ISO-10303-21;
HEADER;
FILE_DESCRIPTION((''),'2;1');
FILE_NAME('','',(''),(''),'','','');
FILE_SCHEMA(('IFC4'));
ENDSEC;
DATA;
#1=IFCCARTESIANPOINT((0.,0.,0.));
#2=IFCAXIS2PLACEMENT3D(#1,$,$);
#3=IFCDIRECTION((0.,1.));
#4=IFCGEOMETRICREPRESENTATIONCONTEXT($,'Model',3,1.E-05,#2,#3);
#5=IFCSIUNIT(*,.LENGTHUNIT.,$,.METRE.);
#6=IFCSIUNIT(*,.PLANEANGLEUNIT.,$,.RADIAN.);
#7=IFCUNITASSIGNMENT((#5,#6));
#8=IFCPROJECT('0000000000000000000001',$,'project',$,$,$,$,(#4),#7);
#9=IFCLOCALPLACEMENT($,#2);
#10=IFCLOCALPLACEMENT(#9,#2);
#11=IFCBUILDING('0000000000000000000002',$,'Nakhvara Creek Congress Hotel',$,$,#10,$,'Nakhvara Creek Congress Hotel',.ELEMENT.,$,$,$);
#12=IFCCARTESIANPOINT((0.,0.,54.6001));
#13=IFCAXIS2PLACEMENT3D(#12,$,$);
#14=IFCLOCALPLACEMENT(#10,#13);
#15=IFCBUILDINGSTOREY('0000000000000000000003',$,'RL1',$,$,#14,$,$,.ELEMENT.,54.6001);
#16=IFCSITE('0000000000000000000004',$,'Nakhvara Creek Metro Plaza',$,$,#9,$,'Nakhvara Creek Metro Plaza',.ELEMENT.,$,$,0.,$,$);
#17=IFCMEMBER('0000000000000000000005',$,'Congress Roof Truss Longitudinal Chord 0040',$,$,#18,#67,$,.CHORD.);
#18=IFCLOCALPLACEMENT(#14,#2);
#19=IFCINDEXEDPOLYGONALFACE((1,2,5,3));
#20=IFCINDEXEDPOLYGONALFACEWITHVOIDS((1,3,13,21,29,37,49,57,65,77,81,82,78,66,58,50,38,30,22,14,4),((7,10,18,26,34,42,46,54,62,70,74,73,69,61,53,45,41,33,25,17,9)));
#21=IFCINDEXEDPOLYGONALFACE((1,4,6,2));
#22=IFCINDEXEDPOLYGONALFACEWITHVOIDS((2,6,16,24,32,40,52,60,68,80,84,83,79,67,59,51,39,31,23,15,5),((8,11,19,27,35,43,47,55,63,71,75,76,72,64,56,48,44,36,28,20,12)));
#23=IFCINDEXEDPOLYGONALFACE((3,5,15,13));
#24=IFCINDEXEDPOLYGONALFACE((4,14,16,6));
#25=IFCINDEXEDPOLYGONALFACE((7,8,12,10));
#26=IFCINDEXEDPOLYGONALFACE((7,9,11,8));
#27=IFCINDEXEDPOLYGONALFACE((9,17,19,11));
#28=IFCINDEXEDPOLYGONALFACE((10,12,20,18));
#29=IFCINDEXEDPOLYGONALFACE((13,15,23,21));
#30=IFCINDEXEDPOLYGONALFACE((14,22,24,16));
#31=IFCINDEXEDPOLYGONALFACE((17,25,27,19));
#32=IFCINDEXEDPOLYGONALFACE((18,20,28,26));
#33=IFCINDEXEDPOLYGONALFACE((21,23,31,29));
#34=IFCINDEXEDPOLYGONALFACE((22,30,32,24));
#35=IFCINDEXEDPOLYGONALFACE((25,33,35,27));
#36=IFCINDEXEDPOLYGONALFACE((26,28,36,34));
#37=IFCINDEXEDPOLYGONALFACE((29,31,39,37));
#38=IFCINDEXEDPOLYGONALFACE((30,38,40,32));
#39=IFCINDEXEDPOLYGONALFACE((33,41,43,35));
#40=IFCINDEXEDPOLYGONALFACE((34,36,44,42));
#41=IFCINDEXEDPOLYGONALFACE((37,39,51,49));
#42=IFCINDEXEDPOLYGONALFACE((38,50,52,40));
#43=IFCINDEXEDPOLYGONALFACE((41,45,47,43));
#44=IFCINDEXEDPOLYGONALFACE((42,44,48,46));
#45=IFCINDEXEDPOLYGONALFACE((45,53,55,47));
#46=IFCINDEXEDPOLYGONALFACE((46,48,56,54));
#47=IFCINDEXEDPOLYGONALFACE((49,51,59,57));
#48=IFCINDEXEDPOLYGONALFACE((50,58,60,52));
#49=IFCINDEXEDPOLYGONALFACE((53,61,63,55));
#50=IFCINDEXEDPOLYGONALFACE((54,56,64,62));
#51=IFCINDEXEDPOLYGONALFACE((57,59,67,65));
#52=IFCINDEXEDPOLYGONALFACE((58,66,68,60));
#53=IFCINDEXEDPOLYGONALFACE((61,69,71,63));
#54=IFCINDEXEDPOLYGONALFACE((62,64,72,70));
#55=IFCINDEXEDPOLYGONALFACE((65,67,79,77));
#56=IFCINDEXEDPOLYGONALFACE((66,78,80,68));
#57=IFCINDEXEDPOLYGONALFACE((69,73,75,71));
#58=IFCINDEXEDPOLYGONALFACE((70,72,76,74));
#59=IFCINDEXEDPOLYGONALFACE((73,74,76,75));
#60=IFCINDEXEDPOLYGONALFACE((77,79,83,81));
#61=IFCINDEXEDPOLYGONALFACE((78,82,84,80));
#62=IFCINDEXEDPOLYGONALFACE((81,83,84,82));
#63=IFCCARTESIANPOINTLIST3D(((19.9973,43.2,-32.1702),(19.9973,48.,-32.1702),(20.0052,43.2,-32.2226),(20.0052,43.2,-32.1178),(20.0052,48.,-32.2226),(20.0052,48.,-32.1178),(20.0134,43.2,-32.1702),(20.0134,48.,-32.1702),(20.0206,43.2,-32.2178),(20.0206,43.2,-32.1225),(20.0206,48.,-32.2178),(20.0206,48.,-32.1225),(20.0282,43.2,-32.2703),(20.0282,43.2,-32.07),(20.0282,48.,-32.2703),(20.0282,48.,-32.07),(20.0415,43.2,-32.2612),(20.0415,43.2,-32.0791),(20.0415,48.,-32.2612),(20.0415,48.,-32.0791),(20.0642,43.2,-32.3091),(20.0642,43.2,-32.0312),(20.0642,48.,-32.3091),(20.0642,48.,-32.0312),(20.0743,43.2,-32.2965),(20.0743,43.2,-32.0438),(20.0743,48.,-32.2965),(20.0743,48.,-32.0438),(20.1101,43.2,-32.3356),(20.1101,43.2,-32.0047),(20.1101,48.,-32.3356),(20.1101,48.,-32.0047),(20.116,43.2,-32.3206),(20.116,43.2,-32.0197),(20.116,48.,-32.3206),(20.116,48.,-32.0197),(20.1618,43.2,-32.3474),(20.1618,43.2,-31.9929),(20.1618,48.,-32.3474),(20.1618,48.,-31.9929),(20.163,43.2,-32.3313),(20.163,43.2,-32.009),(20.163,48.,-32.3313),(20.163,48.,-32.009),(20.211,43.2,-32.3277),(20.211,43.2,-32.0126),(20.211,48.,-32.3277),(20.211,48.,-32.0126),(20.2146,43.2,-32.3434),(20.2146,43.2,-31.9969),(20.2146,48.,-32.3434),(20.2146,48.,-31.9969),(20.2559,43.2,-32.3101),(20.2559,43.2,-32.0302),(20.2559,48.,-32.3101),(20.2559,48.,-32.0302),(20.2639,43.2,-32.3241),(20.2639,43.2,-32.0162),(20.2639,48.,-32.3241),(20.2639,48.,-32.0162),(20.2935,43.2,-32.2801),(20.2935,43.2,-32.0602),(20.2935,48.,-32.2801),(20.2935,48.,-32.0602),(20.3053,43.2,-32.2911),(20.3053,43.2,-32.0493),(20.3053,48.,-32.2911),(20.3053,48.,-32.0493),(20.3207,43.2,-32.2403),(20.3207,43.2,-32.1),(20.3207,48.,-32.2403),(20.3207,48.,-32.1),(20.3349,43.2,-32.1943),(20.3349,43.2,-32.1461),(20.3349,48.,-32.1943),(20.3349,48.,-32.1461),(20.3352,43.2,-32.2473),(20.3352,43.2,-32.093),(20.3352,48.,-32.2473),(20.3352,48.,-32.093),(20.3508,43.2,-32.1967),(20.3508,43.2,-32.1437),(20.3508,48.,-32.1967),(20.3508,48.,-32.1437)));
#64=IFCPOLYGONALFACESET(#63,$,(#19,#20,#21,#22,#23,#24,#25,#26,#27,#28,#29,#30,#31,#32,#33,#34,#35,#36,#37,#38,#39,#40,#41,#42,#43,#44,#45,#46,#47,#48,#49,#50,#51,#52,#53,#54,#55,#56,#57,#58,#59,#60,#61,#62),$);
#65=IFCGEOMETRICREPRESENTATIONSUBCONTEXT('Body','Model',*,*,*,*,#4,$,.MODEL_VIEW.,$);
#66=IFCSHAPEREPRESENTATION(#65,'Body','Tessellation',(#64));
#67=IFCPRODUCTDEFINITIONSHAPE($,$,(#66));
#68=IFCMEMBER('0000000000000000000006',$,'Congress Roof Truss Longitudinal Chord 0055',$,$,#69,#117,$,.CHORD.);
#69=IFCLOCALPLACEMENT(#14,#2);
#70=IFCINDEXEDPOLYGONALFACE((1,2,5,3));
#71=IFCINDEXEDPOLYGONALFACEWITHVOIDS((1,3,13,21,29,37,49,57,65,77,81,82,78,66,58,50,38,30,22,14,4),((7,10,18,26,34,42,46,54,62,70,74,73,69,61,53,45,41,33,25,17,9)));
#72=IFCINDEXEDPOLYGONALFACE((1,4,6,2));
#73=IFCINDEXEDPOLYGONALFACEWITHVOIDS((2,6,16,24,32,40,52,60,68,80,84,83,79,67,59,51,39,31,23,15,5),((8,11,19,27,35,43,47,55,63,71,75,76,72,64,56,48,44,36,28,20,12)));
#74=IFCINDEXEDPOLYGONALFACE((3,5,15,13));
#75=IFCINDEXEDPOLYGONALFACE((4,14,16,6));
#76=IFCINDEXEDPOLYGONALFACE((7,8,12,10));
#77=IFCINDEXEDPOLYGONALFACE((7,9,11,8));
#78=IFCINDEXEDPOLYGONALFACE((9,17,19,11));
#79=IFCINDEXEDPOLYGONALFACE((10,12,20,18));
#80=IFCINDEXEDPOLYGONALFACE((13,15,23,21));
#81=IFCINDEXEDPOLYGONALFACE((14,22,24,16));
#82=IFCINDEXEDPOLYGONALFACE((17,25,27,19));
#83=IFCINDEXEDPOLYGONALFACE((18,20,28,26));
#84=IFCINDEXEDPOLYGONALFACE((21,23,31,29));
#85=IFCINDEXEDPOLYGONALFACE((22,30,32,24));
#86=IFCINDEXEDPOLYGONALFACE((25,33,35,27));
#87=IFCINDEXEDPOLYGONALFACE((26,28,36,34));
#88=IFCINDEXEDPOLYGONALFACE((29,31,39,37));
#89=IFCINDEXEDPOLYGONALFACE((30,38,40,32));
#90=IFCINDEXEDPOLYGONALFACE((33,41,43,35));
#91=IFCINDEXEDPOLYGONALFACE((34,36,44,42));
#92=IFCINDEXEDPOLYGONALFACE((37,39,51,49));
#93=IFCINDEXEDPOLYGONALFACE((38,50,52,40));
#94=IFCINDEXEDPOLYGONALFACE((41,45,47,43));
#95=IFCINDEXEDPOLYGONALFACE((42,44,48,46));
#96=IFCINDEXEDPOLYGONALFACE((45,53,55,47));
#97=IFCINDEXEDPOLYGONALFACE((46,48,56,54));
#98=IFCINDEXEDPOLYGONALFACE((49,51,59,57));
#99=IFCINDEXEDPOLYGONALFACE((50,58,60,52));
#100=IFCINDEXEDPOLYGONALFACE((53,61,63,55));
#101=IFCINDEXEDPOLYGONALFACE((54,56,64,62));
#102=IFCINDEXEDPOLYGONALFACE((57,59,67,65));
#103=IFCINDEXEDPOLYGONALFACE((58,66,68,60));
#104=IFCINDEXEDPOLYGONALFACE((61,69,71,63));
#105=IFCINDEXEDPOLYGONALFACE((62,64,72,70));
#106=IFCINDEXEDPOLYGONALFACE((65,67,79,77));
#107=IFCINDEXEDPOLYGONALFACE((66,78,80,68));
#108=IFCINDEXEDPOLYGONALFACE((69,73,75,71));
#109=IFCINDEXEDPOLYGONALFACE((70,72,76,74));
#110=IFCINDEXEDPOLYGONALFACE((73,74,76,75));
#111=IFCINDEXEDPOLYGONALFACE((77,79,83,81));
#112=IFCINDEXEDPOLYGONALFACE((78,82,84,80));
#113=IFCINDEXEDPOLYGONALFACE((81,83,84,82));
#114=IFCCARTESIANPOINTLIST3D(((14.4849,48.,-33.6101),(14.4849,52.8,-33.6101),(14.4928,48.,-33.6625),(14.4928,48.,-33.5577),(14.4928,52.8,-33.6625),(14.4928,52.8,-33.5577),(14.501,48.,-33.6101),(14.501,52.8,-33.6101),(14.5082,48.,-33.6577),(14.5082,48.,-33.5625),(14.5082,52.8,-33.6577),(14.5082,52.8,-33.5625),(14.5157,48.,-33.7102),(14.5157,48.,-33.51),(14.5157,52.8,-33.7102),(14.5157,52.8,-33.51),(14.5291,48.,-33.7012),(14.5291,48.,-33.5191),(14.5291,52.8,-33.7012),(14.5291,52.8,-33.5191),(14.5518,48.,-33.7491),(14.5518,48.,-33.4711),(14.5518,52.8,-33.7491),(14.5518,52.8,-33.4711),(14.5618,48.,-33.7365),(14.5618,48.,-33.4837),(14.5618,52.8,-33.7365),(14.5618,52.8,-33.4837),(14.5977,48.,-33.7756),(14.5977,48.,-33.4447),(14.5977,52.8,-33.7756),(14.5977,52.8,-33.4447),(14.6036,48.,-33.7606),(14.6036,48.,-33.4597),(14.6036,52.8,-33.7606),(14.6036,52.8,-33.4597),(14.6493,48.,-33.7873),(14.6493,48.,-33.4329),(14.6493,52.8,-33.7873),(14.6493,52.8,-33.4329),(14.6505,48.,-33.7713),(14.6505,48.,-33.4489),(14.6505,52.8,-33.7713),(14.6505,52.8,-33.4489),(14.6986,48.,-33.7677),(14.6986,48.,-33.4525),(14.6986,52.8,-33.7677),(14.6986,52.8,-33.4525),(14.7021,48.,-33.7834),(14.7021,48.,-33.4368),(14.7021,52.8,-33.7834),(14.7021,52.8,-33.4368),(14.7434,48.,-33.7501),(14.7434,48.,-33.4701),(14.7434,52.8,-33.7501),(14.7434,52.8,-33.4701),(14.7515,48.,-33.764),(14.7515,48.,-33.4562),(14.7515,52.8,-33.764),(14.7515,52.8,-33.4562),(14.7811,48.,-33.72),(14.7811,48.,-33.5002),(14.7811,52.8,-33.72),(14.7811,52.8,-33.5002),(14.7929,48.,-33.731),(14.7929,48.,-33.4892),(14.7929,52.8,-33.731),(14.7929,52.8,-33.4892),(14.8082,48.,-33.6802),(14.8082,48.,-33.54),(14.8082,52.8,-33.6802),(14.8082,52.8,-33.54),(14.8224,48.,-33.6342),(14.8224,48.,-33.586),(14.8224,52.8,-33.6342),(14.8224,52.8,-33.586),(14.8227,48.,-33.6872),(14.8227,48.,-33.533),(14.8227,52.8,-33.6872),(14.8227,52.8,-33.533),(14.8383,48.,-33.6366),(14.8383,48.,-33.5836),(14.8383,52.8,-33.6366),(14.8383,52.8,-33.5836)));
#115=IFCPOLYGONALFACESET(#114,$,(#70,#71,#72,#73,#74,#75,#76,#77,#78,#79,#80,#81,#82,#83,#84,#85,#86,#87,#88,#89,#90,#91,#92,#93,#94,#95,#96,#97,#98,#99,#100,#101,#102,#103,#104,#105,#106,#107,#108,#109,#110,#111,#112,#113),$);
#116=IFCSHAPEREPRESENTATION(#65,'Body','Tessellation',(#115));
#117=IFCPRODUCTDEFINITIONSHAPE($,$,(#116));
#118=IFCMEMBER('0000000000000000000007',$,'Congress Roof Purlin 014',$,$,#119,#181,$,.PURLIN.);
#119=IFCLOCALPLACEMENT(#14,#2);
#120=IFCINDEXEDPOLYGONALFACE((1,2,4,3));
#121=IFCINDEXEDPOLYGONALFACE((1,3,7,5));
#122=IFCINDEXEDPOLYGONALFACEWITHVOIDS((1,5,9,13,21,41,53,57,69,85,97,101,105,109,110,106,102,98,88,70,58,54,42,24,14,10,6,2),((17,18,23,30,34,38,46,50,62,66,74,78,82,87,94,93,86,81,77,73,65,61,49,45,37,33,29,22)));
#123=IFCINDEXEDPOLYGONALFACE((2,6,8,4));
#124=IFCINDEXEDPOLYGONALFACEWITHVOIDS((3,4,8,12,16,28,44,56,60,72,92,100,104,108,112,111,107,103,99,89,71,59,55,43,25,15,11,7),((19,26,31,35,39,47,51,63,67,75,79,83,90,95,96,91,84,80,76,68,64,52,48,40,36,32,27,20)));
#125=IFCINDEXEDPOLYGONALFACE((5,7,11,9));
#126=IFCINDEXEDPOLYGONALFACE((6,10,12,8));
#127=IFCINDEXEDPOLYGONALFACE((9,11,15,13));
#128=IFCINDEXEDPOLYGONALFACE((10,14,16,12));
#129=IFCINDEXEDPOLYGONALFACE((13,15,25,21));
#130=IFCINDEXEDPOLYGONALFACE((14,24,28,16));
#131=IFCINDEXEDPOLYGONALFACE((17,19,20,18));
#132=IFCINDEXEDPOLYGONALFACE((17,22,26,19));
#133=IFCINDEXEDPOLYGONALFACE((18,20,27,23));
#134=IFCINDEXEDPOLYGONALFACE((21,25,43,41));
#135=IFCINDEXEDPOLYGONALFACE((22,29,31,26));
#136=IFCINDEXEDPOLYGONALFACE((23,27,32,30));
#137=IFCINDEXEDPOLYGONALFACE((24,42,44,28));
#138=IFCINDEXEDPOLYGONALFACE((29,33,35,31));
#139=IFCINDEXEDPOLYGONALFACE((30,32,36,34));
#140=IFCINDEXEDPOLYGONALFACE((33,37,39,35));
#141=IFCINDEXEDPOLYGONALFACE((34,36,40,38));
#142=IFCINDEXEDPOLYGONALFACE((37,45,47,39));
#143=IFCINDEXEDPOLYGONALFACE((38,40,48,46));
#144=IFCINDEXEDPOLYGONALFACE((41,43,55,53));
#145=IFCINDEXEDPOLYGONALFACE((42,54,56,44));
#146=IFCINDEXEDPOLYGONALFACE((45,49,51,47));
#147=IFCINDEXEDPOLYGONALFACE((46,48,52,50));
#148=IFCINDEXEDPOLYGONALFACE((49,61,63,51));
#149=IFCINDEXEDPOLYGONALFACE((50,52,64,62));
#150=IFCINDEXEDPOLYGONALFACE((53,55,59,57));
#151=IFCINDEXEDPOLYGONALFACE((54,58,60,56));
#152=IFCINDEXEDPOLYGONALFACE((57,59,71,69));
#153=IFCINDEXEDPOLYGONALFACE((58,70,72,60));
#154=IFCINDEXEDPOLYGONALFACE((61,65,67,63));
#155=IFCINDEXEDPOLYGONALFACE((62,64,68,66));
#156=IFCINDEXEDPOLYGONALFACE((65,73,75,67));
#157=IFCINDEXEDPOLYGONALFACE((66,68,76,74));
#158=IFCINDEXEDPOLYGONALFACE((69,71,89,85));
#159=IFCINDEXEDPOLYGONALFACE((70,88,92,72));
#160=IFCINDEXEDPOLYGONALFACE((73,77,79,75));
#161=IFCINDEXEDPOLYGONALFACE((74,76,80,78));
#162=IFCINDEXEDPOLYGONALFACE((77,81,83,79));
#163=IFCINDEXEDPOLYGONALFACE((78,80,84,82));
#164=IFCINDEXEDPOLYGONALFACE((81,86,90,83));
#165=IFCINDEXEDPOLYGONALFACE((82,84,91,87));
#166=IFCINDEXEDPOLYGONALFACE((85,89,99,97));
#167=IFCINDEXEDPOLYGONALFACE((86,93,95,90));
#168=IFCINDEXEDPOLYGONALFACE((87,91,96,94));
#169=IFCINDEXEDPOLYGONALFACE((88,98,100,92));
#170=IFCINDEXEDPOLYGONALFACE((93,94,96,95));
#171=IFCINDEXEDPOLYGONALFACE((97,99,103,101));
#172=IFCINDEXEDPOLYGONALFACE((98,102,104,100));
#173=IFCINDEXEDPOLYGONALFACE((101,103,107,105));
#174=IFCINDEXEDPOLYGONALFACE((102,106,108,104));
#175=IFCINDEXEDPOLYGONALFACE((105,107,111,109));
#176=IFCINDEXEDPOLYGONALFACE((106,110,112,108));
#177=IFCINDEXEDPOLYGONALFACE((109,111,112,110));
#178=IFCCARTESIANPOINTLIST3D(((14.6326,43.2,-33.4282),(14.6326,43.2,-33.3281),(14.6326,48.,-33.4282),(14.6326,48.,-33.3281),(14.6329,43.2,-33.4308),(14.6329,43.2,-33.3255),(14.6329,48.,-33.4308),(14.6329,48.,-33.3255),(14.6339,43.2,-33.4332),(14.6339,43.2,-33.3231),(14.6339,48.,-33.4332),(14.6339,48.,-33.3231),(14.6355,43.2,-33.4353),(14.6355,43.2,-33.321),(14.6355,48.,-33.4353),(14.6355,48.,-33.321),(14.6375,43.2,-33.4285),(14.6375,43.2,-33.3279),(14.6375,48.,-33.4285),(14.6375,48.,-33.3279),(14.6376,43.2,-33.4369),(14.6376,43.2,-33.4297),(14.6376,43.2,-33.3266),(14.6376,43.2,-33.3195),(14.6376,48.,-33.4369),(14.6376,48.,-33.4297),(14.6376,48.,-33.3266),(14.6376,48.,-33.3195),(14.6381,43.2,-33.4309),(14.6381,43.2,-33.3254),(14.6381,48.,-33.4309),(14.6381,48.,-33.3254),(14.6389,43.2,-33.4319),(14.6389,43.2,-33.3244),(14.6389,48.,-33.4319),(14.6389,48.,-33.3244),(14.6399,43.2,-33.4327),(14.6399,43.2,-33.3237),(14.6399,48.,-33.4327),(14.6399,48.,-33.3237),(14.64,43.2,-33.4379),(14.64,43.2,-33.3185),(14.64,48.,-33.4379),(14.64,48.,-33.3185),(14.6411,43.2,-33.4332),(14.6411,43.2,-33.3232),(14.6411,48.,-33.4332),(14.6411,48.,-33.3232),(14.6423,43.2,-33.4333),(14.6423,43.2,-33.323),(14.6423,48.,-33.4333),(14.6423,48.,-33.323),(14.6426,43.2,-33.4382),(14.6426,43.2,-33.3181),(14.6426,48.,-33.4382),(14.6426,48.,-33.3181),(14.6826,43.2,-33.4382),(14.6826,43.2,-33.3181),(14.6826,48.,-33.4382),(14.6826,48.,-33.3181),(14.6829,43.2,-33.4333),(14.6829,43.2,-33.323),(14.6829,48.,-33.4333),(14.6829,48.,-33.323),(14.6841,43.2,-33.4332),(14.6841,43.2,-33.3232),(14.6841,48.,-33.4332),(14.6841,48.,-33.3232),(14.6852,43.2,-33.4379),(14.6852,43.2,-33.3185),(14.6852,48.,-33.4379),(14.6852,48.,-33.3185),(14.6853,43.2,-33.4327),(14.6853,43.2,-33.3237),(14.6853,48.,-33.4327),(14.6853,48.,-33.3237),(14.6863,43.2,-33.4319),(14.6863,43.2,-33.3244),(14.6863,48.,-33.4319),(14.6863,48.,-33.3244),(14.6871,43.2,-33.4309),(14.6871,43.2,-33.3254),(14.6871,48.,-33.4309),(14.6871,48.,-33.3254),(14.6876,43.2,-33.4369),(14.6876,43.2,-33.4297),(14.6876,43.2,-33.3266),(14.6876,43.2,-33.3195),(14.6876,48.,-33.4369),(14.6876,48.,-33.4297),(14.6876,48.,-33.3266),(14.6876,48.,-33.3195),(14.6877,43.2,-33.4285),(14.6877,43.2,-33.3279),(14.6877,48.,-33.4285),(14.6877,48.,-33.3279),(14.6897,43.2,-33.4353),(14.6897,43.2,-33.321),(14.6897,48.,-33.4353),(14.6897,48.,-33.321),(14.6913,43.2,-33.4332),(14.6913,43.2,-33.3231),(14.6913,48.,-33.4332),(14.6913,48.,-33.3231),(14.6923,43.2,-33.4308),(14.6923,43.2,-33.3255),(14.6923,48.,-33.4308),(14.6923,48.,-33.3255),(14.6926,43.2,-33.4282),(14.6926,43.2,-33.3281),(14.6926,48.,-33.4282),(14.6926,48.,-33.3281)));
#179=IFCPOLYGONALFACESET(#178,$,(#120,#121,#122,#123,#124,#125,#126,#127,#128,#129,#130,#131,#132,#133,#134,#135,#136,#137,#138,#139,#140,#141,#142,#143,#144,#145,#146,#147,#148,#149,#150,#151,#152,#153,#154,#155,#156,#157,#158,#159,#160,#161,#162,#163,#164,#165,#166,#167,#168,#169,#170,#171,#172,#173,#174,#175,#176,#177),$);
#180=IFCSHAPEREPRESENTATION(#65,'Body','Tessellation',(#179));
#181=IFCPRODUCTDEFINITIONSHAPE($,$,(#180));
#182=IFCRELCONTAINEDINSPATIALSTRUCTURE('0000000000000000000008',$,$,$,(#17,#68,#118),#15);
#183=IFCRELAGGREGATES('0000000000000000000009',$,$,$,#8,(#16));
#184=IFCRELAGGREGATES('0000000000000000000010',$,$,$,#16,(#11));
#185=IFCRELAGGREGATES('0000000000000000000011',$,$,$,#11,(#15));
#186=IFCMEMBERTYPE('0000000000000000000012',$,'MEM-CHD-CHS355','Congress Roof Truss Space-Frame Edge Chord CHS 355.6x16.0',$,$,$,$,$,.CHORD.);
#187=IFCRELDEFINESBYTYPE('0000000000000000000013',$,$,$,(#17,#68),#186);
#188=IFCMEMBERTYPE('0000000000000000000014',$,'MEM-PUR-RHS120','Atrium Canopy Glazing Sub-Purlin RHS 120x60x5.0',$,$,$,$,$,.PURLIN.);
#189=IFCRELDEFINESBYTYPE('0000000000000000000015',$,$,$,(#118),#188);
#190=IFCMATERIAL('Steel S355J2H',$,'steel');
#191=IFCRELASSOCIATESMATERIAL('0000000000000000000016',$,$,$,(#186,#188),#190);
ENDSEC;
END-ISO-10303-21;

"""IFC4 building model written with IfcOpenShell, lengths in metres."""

from ifc_helpers import new_model, si_unit, direction, frame, origin, origin_2d, place, context, subcontext, project, spatial, hollow_rectangle, hollow_circle, extrude, material, material_profile, profile_set, type_object, element, save


model = new_model("IFC4")

# Units and contexts
model_context = context("Model", 3, precision=1e-05, world=origin(), true_north=direction((0.0, 1.0)))
body_context = subcontext(model_context, "Body", "Model", "MODEL_VIEW")
ifc_project = project(units=[si_unit("LENGTHUNIT", "METRE"), si_unit("PLANEANGLEUNIT", "RADIAN")], contexts=[model_context])

# Site, building, storey
site_placement = place(None, origin())
site = spatial("IfcSite", under=ifc_project, at=site_placement, Name="Nakhvara Creek Metro Plaza", LongName="Nakhvara Creek Metro Plaza", CompositionType="ELEMENT", RefElevation=0.0)
building_placement = place(site_placement, origin())
building = spatial("IfcBuilding", under=site, at=building_placement, Name="Nakhvara Creek Congress Hotel", LongName="Nakhvara Creek Congress Hotel", CompositionType="ELEMENT")
storey_placement = place(building_placement, frame((0.0, 0.0, 54.6001)))
storey = spatial("IfcBuildingStorey", under=building, at=storey_placement, Name="RL1", CompositionType="ELEMENT", Elevation=54.6001)

# Members
ifc_material_1 = material(Name="Steel S355J2H", Category="steel")
ifc_material_profile_1 = material_profile(ifc_material_1, hollow_circle(Radius=0.1777, WallThickness=0.0161, at=origin_2d()), Name="CHS 355.6x16.0", Category="LoadBearing")
ifc_profile_set_1 = profile_set([ifc_material_profile_1], Name="Steel S355J2H")
member_type_1 = type_object("IfcMemberType", Name="MEM-CHD-CHS355", Description="Congress Roof Truss Space-Frame Edge Chord CHS 355.6x16.0", PredefinedType="CHORD", material=ifc_profile_set_1)
for number, where, z_axis, x_axis, name in (
    (1, (20.175, 43.2, -32.1702), (0.0, 1.0, 0.0), (-1.0, 0.0, 0.0), "Congress Roof Truss Longitudinal Chord 0040"),
    (2, (14.6626, 48.0, -33.6101), (0.0, 1.0, 0.0), (-1.0, 0.0, 0.0), "Congress Roof Truss Longitudinal Chord 0055"),
):
    element("IfcMember", number, at=place(storey_placement, frame(where, z_axis=z_axis, x_axis=x_axis)), inside=storey, type_object=member_type_1, Name=name, PredefinedType="CHORD", context=body_context, shape_type="SweptSolid", body=[
        extrude(hollow_circle(Radius=0.1777, WallThickness=0.0161, at=origin_2d()), origin(), (0.0, 0.0, 1.0), 4.8),
    ])
ifc_material_profile_2 = material_profile(ifc_material_1, hollow_rectangle(XDim=0.0601, YDim=0.1201, WallThickness=0.0049, InnerFilletRadius=0.0049, OuterFilletRadius=0.01, at=origin_2d()), Name="RHS 120x60x5.0", Category="LoadBearing")
ifc_profile_set_2 = profile_set([ifc_material_profile_2], Name="Steel S355J2H")
member_type_2 = type_object("IfcMemberType", Name="MEM-PUR-RHS120", Description="Atrium Canopy Glazing Sub-Purlin RHS 120x60x5.0", PredefinedType="PURLIN", material=ifc_profile_set_2)
for number, where, z_axis, x_axis, name in (
    (3, (14.6626, 43.2, -33.3782), (0.0, 1.0, 0.0), (-1.0, 0.0, 0.0), "Congress Roof Purlin 014"),
):
    element("IfcMember", number, at=place(storey_placement, frame(where, z_axis=z_axis, x_axis=x_axis)), inside=storey, type_object=member_type_2, Name=name, PredefinedType="PURLIN", context=body_context, shape_type="SweptSolid", body=[
        extrude(hollow_rectangle(XDim=0.0601, YDim=0.1201, WallThickness=0.0049, InnerFilletRadius=0.0049, OuterFilletRadius=0.01, at=origin_2d()), origin(), (0.0, 0.0, 1.0), 4.8),
    ])

save(model, "model.ifc")
